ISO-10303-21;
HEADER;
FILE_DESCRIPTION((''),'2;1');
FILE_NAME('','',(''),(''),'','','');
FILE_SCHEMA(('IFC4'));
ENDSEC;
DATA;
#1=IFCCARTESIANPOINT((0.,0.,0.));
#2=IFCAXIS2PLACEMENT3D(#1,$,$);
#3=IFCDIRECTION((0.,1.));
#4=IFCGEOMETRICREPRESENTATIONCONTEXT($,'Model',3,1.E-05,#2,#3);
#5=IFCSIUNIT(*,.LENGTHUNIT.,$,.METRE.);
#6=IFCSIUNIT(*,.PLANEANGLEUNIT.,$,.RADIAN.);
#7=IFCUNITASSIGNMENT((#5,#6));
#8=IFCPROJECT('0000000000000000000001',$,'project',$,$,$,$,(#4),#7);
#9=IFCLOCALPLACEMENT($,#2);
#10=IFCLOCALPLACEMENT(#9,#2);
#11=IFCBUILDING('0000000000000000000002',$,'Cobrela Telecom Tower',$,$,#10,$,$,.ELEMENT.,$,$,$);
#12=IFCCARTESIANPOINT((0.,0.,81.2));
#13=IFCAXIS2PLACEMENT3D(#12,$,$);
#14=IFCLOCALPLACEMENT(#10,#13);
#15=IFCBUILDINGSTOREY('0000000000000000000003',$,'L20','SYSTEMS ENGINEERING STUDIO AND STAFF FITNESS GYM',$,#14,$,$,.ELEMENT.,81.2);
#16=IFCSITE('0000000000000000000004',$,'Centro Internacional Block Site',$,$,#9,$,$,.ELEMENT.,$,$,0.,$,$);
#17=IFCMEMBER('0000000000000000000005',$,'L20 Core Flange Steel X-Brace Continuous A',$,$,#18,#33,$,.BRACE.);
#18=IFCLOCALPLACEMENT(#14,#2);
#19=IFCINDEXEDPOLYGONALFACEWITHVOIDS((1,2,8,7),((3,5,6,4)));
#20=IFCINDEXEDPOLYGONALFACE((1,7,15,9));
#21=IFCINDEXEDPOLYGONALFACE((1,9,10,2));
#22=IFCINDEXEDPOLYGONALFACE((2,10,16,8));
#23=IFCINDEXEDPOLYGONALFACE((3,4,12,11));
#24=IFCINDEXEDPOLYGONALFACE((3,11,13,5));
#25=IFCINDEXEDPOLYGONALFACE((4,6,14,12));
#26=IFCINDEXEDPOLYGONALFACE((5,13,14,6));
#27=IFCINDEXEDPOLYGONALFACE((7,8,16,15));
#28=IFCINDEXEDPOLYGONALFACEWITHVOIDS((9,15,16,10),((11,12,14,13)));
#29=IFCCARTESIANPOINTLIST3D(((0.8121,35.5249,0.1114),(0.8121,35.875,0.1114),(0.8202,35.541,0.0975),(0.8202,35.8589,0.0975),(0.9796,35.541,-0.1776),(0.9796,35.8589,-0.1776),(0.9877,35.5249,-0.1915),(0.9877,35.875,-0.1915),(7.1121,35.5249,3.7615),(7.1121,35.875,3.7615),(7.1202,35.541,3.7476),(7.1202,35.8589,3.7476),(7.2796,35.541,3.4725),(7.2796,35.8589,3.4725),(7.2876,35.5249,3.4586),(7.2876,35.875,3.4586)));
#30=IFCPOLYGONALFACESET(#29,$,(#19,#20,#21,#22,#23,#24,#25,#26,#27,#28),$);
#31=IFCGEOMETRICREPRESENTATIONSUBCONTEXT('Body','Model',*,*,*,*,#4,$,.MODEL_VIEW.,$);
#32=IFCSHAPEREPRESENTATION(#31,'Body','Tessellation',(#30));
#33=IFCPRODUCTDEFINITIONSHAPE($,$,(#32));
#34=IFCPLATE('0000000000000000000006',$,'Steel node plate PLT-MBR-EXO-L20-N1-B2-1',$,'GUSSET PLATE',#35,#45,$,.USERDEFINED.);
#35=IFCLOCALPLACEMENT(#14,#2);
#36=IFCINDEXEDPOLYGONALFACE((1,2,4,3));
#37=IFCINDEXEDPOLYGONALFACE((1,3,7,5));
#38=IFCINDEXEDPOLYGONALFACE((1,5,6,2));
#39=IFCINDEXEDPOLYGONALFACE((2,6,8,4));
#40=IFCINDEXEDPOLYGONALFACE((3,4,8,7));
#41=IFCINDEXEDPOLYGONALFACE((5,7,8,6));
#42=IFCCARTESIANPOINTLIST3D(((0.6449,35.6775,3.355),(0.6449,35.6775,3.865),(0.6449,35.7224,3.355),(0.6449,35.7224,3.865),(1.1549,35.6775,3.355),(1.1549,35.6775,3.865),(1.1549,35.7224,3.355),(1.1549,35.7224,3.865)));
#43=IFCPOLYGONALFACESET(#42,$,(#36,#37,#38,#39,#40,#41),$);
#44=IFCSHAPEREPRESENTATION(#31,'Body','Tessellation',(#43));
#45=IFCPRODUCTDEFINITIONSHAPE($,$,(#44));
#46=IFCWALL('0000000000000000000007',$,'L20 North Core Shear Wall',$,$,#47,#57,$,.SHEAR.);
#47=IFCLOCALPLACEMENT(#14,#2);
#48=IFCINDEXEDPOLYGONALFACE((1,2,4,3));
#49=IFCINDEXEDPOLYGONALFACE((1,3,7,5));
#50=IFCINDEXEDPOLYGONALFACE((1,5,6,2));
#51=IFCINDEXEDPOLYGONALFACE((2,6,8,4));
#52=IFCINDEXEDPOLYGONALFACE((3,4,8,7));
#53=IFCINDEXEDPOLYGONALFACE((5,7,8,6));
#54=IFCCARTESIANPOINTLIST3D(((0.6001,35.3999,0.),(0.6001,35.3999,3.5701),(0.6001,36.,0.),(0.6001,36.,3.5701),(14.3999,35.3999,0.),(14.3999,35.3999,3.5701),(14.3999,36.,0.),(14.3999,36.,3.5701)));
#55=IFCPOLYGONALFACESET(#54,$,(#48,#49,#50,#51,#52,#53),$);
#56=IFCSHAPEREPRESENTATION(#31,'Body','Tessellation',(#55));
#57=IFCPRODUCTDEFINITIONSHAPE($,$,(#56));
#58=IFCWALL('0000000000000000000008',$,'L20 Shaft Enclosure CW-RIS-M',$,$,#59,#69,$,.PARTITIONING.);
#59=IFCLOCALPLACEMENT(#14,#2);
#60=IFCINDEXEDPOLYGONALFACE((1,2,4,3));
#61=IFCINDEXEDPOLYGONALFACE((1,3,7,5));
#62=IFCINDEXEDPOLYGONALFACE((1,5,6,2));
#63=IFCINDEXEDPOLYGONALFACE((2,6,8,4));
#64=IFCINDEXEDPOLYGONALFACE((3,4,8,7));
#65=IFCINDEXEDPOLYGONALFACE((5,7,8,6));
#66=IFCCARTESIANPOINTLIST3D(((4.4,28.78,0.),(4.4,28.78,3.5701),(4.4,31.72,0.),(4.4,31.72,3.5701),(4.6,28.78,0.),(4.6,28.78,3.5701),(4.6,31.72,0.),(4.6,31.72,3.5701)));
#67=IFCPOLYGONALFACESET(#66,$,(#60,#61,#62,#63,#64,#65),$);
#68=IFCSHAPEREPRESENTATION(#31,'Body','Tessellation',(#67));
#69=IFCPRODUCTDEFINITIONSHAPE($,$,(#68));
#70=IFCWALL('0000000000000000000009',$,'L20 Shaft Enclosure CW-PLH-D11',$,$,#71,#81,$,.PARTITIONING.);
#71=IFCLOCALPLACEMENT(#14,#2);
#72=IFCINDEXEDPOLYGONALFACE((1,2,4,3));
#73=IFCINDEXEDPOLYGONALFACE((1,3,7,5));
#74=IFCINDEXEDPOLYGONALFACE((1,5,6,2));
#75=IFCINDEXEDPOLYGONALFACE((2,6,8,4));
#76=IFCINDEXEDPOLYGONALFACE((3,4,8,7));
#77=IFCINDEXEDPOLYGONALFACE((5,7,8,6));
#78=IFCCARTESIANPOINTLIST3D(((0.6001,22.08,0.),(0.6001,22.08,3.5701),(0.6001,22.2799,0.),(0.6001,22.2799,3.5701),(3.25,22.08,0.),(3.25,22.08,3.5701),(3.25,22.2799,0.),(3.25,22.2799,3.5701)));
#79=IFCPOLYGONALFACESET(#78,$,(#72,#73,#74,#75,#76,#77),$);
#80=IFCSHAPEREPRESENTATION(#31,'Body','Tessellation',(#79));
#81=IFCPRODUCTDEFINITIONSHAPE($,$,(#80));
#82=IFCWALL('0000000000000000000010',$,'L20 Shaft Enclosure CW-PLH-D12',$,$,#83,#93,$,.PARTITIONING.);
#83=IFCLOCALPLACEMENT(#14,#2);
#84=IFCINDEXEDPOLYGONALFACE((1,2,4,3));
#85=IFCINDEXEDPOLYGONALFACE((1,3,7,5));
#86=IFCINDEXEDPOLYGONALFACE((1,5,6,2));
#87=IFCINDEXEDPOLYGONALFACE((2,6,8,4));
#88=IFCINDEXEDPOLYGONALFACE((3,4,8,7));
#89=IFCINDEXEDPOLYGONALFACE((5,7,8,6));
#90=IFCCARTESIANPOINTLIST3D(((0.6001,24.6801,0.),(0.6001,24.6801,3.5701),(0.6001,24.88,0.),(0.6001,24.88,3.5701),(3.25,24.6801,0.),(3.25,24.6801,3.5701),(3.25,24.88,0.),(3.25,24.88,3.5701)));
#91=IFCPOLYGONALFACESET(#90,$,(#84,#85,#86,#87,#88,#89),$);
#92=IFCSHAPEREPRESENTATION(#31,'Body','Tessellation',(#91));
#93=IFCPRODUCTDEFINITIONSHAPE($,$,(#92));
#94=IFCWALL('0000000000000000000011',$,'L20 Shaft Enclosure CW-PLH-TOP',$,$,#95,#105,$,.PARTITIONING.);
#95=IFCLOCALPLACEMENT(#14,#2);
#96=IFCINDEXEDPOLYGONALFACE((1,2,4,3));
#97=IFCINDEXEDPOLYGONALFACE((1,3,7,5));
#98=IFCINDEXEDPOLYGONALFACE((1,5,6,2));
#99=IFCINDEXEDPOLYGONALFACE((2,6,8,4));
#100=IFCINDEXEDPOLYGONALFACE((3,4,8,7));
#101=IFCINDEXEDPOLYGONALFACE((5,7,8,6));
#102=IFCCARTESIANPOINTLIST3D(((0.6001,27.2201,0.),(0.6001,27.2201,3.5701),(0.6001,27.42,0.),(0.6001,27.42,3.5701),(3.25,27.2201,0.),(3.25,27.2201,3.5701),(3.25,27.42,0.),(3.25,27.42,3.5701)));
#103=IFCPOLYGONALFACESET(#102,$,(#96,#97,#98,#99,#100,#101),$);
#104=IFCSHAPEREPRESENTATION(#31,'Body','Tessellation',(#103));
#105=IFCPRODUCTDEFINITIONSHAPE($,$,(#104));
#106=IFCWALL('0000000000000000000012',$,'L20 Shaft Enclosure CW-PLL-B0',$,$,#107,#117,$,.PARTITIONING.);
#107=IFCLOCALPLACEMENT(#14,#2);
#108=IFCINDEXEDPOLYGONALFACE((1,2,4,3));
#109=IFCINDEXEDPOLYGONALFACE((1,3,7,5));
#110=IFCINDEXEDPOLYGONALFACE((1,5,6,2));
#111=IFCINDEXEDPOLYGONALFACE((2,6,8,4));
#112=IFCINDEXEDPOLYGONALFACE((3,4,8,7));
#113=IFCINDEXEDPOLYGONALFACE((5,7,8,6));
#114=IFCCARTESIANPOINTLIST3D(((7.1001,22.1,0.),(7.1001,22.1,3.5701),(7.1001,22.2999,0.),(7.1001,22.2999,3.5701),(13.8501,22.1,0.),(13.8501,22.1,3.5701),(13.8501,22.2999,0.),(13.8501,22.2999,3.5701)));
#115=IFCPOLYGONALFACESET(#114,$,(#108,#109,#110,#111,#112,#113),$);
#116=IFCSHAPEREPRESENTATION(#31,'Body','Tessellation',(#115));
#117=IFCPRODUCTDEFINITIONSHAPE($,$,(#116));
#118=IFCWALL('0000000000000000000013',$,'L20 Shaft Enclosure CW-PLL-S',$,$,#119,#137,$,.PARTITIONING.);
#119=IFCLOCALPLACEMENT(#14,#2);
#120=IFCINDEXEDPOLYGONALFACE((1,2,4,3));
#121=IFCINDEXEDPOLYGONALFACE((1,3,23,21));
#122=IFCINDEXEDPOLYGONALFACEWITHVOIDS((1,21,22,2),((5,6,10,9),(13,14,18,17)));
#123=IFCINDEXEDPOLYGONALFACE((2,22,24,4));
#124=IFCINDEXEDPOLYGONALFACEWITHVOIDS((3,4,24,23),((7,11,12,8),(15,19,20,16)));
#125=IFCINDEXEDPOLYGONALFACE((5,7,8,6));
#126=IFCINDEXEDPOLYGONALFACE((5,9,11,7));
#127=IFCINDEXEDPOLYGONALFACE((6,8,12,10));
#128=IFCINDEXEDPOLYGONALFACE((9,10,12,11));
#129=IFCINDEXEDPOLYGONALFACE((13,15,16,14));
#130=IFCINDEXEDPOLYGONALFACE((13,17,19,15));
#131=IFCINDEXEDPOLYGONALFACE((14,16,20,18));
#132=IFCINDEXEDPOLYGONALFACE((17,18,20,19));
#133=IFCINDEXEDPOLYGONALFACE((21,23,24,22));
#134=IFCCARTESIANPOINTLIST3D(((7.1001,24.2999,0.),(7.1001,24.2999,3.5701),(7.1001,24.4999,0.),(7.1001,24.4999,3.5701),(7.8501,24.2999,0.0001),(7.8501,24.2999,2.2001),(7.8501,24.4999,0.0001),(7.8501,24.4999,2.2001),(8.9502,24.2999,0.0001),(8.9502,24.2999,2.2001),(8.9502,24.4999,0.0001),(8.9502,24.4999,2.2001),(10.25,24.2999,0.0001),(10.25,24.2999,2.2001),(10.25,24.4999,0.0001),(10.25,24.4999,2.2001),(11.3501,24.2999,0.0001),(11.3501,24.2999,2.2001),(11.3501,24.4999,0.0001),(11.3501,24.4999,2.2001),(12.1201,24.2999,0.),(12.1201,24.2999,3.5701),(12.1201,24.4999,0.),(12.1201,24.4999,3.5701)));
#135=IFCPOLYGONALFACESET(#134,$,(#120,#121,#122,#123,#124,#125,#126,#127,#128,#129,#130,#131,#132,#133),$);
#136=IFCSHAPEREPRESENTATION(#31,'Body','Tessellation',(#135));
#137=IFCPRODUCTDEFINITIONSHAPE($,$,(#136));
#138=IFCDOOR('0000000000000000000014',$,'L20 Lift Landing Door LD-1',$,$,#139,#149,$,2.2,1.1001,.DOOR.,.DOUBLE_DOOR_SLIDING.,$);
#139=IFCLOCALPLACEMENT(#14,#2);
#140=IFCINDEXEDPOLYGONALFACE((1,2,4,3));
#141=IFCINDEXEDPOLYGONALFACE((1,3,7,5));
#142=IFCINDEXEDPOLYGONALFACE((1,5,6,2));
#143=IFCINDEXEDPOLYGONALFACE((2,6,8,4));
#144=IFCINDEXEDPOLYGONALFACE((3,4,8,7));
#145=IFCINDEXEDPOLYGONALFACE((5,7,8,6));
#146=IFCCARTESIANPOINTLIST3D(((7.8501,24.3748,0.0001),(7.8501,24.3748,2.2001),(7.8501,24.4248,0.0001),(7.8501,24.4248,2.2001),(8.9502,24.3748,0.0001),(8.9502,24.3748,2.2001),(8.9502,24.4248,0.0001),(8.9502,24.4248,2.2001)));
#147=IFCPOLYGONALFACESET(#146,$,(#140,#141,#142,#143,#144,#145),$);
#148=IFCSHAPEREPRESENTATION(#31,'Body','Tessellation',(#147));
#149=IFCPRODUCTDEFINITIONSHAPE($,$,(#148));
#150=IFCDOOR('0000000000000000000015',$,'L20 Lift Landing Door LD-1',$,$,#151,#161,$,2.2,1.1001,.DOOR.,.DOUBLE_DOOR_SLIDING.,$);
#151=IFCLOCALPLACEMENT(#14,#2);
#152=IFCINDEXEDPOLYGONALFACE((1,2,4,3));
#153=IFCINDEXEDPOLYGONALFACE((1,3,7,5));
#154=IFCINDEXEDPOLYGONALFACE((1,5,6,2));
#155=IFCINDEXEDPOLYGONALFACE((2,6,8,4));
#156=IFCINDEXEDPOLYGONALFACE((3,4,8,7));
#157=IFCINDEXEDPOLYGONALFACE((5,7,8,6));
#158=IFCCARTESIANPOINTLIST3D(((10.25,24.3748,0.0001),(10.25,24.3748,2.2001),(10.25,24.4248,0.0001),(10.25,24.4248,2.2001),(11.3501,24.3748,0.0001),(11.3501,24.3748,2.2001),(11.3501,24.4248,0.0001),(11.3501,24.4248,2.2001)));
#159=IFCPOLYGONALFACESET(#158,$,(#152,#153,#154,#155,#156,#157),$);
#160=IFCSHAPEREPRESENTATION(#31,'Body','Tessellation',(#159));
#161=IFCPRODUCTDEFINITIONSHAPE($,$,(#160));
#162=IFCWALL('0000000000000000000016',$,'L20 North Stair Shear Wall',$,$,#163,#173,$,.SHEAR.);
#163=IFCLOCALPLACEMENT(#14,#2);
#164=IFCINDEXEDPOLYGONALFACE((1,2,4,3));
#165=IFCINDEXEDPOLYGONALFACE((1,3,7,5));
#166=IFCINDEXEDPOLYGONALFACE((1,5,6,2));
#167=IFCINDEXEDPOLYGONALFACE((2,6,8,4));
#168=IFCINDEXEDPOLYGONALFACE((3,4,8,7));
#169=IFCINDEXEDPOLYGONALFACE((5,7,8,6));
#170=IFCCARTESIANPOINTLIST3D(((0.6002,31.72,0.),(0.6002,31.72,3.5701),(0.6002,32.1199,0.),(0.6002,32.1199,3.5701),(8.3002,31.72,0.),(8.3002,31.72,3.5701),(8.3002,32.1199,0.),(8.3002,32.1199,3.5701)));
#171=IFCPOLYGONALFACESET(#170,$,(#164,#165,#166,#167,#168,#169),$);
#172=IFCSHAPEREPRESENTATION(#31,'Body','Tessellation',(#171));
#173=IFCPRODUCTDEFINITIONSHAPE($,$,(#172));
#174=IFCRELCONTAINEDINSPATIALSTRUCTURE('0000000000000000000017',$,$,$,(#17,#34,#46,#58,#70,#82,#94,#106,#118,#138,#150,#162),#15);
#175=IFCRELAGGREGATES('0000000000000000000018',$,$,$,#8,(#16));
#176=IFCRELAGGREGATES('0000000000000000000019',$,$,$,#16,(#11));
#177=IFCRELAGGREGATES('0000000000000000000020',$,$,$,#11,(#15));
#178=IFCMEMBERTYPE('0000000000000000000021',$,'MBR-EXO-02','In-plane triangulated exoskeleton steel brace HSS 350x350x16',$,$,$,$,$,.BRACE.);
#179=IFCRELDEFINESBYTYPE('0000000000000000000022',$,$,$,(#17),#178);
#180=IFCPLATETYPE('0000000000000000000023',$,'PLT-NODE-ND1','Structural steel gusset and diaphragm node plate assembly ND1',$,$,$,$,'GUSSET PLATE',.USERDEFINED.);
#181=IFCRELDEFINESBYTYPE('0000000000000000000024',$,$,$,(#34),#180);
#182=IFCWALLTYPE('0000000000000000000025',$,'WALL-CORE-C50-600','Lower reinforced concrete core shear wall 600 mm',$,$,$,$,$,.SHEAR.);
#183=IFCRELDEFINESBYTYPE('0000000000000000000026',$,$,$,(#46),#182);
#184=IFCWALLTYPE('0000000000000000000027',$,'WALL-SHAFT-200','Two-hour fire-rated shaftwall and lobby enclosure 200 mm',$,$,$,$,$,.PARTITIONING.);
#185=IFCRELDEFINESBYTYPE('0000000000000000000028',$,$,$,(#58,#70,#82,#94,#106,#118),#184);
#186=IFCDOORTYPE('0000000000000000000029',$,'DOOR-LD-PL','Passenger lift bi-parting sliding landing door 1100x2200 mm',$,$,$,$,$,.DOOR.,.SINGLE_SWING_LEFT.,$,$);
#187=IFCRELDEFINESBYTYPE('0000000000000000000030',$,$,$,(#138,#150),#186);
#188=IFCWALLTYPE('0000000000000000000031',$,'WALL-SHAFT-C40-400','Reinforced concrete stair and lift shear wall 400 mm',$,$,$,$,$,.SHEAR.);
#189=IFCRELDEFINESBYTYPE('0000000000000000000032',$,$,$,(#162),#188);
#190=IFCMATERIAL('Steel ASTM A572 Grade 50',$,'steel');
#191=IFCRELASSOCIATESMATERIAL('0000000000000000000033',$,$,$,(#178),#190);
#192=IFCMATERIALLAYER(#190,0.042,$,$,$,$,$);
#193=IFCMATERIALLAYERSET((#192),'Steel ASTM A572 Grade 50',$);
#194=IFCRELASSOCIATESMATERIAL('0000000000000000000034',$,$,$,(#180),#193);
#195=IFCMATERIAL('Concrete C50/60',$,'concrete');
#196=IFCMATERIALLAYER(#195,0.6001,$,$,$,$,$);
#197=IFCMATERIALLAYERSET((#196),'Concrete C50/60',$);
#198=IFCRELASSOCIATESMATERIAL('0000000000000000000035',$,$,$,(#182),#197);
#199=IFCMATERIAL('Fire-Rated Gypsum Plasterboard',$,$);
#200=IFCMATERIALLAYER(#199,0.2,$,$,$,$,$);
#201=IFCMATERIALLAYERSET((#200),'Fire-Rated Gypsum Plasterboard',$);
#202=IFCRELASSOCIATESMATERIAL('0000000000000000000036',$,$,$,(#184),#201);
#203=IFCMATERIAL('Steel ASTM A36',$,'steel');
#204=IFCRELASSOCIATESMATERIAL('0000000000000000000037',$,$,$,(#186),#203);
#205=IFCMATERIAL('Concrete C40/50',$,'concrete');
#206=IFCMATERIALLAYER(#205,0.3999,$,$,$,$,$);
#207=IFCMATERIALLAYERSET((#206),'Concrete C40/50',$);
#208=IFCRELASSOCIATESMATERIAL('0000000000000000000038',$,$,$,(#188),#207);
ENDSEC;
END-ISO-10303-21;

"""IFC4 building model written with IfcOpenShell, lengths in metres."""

from ifc_helpers import new_model, si_unit, direction, frame, frame_2d, origin, origin_2d, place, context, subcontext, project, spatial, rectangle, hollow_rectangle, extrude, material, layer, layer_set, material_profile, profile_set, type_object, element, fill, save


model = new_model("IFC4")

# Units and contexts
model_context = context("Model", 3, precision=1e-05, world=origin(), true_north=direction((0.0, 1.0)))
body_context = subcontext(model_context, "Body", "Model", "MODEL_VIEW")
ifc_project = project(units=[si_unit("LENGTHUNIT", "METRE"), si_unit("PLANEANGLEUNIT", "RADIAN")], contexts=[model_context])

# Site, building, storey
site_placement = place(None, origin())
site = spatial("IfcSite", under=ifc_project, at=site_placement, Name="Centro Internacional Block Site", CompositionType="ELEMENT", RefElevation=0.0)
building_placement = place(site_placement, origin())
building = spatial("IfcBuilding", under=site, at=building_placement, Name="Cobrela Telecom Tower", CompositionType="ELEMENT")
storey_placement = place(building_placement, frame((0.0, 0.0, 81.2)))
storey = spatial("IfcBuildingStorey", under=building, at=storey_placement, Name="L20", Description="SYSTEMS ENGINEERING STUDIO AND STAFF FITNESS GYM", CompositionType="ELEMENT", Elevation=81.2)

# Member
ifc_material_1 = material(Name="Steel ASTM A572 Grade 50", Category="steel")
ifc_material_profile = material_profile(ifc_material_1, hollow_rectangle(XDim=0.3501, YDim=0.3501, WallThickness=0.0161, at=origin_2d()), Name="HSS 350x350x16")
ifc_profile_set = profile_set([ifc_material_profile], Name="Steel ASTM A572 Grade 50")
member_type = type_object("IfcMemberType", Name="MBR-EXO-02", Description="In-plane triangulated exoskeleton steel brace HSS 350x350x16", PredefinedType="BRACE", material=ifc_profile_set)
member_placement = place(storey_placement, frame((0.8999, 35.7, -0.04), z_axis=(0.865262, 0.0, 0.501319), x_axis=(0.0, 1.0, 0.0)))
element("IfcMember", 1, at=member_placement, inside=storey, type_object=member_type, Name="L20 Core Flange Steel X-Brace Continuous A", PredefinedType="BRACE", context=body_context, shape_type="SweptSolid", body=[
    extrude(hollow_rectangle(XDim=0.3501, YDim=0.3501, WallThickness=0.0161, at=origin_2d()), origin(), (0.0, 0.0, 1.0), 7.281),
])

# Plate
ifc_layer_1 = layer(ifc_material_1, 0.042)
ifc_layer_set_1 = layer_set([ifc_layer_1], Name="Steel ASTM A572 Grade 50")
plate_type = type_object("IfcPlateType", Name="PLT-NODE-ND1", Description="Structural steel gusset and diaphragm node plate assembly ND1", ElementType="GUSSET PLATE", PredefinedType="USERDEFINED", material=ifc_layer_set_1)
plate_placement = place(storey_placement, frame((0.8999, 35.7, 3.355), z_axis=(0.0, 0.0, 1.0), x_axis=(-1.0, 0.0, 0.0)))
element("IfcPlate", 2, at=plate_placement, inside=storey, type_object=plate_type, Name="Steel node plate PLT-MBR-EXO-L20-N1-B2-1", ObjectType="GUSSET PLATE", PredefinedType="USERDEFINED", context=body_context, shape_type="SweptSolid", body=[
    extrude(rectangle(XDim=0.51, YDim=0.0449, at=origin_2d()), origin(), (0.0, 0.0, 1.0), 0.51),
])

# Wall
ifc_material_2 = material(Name="Concrete C50/60", Category="concrete")
ifc_layer_2 = layer(ifc_material_2, 0.6001)
ifc_layer_set_2 = layer_set([ifc_layer_2], Name="Concrete C50/60")
wall_type_1 = type_object("IfcWallType", Name="WALL-CORE-C50-600", Description="Lower reinforced concrete core shear wall 600 mm", PredefinedType="SHEAR", material=ifc_layer_set_2)
wall_1_placement = place(storey_placement, frame((0.6001, 35.7, 0.0), z_axis=(0.0, 0.0, 1.0), x_axis=(1.0, 0.0, 0.0)))
element("IfcWall", 3, at=wall_1_placement, inside=storey, type_object=wall_type_1, Name="L20 North Core Shear Wall", PredefinedType="SHEAR", context=body_context, shape_type="SweptSolid", body=[
    extrude(rectangle(XDim=13.7998, YDim=0.6001, at=frame_2d((6.8999, 0.0))), origin(), (0.0, 0.0, 1.0), 3.5701),
])

# Shared definitions
ifc_material_3 = material(Name="Fire-Rated Gypsum Plasterboard")
ifc_layer_3 = layer(ifc_material_3, 0.2)
ifc_layer_set_3 = layer_set([ifc_layer_3], Name="Fire-Rated Gypsum Plasterboard")
wall_type_2 = type_object("IfcWallType", Name="WALL-SHAFT-200", Description="Two-hour fire-rated shaftwall and lobby enclosure 200 mm", PredefinedType="PARTITIONING", material=ifc_layer_set_3)
ifc_material_4 = material(Name="Steel ASTM A36", Category="steel")

# Walls
wall_2_placement = place(storey_placement, frame((4.5, 28.78, 0.0), z_axis=(0.0, 0.0, 1.0), x_axis=(0.0, 1.0, 0.0)))
element("IfcWall", 4, at=wall_2_placement, inside=storey, type_object=wall_type_2, Name="L20 Shaft Enclosure CW-RIS-M", PredefinedType="PARTITIONING", context=body_context, shape_type="SweptSolid", body=[
    extrude(rectangle(XDim=2.9399, YDim=0.2, at=frame_2d((1.47, 0.0))), origin(), (0.0, 0.0, 1.0), 3.5701),
])
for number, where, z_axis, x_axis, name in (
    (5, (0.6001, 22.1799, 0.0), (0.0, 0.0, 1.0), (1.0, 0.0, 0.0), "L20 Shaft Enclosure CW-PLH-D11"),
    (6, (0.6001, 24.78, 0.0), (0.0, 0.0, 1.0), (1.0, 0.0, 0.0), "L20 Shaft Enclosure CW-PLH-D12"),
    (7, (0.6001, 27.3201, 0.0), (0.0, 0.0, 1.0), (1.0, 0.0, 0.0), "L20 Shaft Enclosure CW-PLH-TOP"),
):
    element("IfcWall", number, at=place(storey_placement, frame(where, z_axis=z_axis, x_axis=x_axis)), inside=storey, type_object=wall_type_2, Name=name, PredefinedType="PARTITIONING", context=body_context, shape_type="SweptSolid", body=[
        extrude(rectangle(XDim=2.6499, YDim=0.2, at=frame_2d((1.325, 0.0))), origin(), (0.0, 0.0, 1.0), 3.5701),
    ])
wall_3_placement = place(storey_placement, frame((7.1001, 22.2, 0.0), z_axis=(0.0, 0.0, 1.0), x_axis=(1.0, 0.0, 0.0)))
element("IfcWall", 8, at=wall_3_placement, inside=storey, type_object=wall_type_2, Name="L20 Shaft Enclosure CW-PLL-B0", PredefinedType="PARTITIONING", context=body_context, shape_type="SweptSolid", body=[
    extrude(rectangle(XDim=6.75, YDim=0.2, at=frame_2d((3.375, 0.0))), origin(), (0.0, 0.0, 1.0), 3.5701),
])

# Wall, openings, doors
wall_4_placement = place(storey_placement, frame((7.1001, 24.3999, 0.0), z_axis=(0.0, 0.0, 1.0), x_axis=(1.0, 0.0, 0.0)))
wall_4 = element("IfcWall", 9, at=wall_4_placement, inside=storey, type_object=wall_type_2, Name="L20 Shaft Enclosure CW-PLL-S", PredefinedType="PARTITIONING", context=body_context, shape_type="SweptSolid", body=[
    extrude(rectangle(XDim=5.02, YDim=0.2, at=frame_2d((2.51, 0.0))), origin(), (0.0, 0.0, 1.0), 3.5701),
])
opening_1_placement = place(wall_4_placement, frame((0.75, 0.0, 0.0)))
opening_1 = element("IfcOpeningElement", 10, at=opening_1_placement, cuts=wall_4, PredefinedType="OPENING", context=body_context, shape_type="SweptSolid", body=[
    extrude(rectangle(XDim=1.1001, YDim=2.2, at=frame_2d((0.55, 1.1001))), frame((0.0, 0.1118, 0.0), z_axis=(0.0, -1.0, 0.0), x_axis=(1.0, 0.0, 0.0)), (0.0, 0.0, 1.0), 0.2239),
])
opening_2_placement = place(wall_4_placement, frame((3.1499, 0.0, 0.0)))
opening_2 = element("IfcOpeningElement", 11, at=opening_2_placement, cuts=wall_4, PredefinedType="OPENING", context=body_context, shape_type="SweptSolid", body=[
    extrude(rectangle(XDim=1.1001, YDim=2.2, at=frame_2d((0.55, 1.1001))), frame((0.0, 0.1118, 0.0), z_axis=(0.0, -1.0, 0.0), x_axis=(1.0, 0.0, 0.0)), (0.0, 0.0, 1.0), 0.2239),
])
door_type_1 = type_object("IfcDoorType", Name="DOOR-LD-PL", Description="Passenger lift bi-parting sliding landing door 1100x2200 mm", OperationType="SINGLE_SWING_LEFT", PredefinedType="DOOR", material=ifc_material_4)
door_1_placement = place(opening_1_placement, origin())
door_1 = element("IfcDoor", 12, at=door_1_placement, inside=storey, type_object=door_type_1, Name="L20 Lift Landing Door LD-1", OperationType="DOUBLE_DOOR_SLIDING", OverallHeight=2.2, OverallWidth=1.1001, PredefinedType="DOOR", context=body_context, shape_type="SweptSolid", body=[
    extrude(rectangle(XDim=1.1001, YDim=2.2, at=frame_2d((0.55, 1.1001))), frame((0.0, 0.0249, 0.0), z_axis=(0.0, -1.0, 0.0), x_axis=(1.0, 0.0, 0.0)), (0.0, 0.0, 1.0), 0.05),
])
fill(opening_1, door_1)
door_2_placement = place(opening_2_placement, origin())
door_2 = element("IfcDoor", 13, at=door_2_placement, inside=storey, type_object=door_type_1, Name="L20 Lift Landing Door LD-1", OperationType="DOUBLE_DOOR_SLIDING", OverallHeight=2.2, OverallWidth=1.1001, PredefinedType="DOOR", context=body_context, shape_type="SweptSolid", body=[
    extrude(rectangle(XDim=1.1001, YDim=2.2, at=frame_2d((0.55, 1.1001))), frame((0.0, 0.0249, 0.0), z_axis=(0.0, -1.0, 0.0), x_axis=(1.0, 0.0, 0.0)), (0.0, 0.0, 1.0), 0.05),
])
fill(opening_2, door_2)

# Wall
ifc_material_5 = material(Name="Concrete C40/50", Category="concrete")
ifc_layer_4 = layer(ifc_material_5, 0.3999)
ifc_layer_set_4 = layer_set([ifc_layer_4], Name="Concrete C40/50")
wall_type_3 = type_object("IfcWallType", Name="WALL-SHAFT-C40-400", Description="Reinforced concrete stair and lift shear wall 400 mm", PredefinedType="SHEAR", material=ifc_layer_set_4)
wall_5_placement = place(storey_placement, frame((0.6001, 31.9199, 0.0), z_axis=(0.0, 0.0, 1.0), x_axis=(1.0, 0.0, 0.0)))
element("IfcWall", 14, at=wall_5_placement, inside=storey, type_object=wall_type_3, Name="L20 North Stair Shear Wall", PredefinedType="SHEAR", context=body_context, shape_type="SweptSolid", body=[
    extrude(rectangle(XDim=7.7, YDim=0.3999, at=frame_2d((3.8501, 0.0))), origin(), (0.0, 0.0, 1.0), 3.5701),
])

save(model, "model.ifc")
